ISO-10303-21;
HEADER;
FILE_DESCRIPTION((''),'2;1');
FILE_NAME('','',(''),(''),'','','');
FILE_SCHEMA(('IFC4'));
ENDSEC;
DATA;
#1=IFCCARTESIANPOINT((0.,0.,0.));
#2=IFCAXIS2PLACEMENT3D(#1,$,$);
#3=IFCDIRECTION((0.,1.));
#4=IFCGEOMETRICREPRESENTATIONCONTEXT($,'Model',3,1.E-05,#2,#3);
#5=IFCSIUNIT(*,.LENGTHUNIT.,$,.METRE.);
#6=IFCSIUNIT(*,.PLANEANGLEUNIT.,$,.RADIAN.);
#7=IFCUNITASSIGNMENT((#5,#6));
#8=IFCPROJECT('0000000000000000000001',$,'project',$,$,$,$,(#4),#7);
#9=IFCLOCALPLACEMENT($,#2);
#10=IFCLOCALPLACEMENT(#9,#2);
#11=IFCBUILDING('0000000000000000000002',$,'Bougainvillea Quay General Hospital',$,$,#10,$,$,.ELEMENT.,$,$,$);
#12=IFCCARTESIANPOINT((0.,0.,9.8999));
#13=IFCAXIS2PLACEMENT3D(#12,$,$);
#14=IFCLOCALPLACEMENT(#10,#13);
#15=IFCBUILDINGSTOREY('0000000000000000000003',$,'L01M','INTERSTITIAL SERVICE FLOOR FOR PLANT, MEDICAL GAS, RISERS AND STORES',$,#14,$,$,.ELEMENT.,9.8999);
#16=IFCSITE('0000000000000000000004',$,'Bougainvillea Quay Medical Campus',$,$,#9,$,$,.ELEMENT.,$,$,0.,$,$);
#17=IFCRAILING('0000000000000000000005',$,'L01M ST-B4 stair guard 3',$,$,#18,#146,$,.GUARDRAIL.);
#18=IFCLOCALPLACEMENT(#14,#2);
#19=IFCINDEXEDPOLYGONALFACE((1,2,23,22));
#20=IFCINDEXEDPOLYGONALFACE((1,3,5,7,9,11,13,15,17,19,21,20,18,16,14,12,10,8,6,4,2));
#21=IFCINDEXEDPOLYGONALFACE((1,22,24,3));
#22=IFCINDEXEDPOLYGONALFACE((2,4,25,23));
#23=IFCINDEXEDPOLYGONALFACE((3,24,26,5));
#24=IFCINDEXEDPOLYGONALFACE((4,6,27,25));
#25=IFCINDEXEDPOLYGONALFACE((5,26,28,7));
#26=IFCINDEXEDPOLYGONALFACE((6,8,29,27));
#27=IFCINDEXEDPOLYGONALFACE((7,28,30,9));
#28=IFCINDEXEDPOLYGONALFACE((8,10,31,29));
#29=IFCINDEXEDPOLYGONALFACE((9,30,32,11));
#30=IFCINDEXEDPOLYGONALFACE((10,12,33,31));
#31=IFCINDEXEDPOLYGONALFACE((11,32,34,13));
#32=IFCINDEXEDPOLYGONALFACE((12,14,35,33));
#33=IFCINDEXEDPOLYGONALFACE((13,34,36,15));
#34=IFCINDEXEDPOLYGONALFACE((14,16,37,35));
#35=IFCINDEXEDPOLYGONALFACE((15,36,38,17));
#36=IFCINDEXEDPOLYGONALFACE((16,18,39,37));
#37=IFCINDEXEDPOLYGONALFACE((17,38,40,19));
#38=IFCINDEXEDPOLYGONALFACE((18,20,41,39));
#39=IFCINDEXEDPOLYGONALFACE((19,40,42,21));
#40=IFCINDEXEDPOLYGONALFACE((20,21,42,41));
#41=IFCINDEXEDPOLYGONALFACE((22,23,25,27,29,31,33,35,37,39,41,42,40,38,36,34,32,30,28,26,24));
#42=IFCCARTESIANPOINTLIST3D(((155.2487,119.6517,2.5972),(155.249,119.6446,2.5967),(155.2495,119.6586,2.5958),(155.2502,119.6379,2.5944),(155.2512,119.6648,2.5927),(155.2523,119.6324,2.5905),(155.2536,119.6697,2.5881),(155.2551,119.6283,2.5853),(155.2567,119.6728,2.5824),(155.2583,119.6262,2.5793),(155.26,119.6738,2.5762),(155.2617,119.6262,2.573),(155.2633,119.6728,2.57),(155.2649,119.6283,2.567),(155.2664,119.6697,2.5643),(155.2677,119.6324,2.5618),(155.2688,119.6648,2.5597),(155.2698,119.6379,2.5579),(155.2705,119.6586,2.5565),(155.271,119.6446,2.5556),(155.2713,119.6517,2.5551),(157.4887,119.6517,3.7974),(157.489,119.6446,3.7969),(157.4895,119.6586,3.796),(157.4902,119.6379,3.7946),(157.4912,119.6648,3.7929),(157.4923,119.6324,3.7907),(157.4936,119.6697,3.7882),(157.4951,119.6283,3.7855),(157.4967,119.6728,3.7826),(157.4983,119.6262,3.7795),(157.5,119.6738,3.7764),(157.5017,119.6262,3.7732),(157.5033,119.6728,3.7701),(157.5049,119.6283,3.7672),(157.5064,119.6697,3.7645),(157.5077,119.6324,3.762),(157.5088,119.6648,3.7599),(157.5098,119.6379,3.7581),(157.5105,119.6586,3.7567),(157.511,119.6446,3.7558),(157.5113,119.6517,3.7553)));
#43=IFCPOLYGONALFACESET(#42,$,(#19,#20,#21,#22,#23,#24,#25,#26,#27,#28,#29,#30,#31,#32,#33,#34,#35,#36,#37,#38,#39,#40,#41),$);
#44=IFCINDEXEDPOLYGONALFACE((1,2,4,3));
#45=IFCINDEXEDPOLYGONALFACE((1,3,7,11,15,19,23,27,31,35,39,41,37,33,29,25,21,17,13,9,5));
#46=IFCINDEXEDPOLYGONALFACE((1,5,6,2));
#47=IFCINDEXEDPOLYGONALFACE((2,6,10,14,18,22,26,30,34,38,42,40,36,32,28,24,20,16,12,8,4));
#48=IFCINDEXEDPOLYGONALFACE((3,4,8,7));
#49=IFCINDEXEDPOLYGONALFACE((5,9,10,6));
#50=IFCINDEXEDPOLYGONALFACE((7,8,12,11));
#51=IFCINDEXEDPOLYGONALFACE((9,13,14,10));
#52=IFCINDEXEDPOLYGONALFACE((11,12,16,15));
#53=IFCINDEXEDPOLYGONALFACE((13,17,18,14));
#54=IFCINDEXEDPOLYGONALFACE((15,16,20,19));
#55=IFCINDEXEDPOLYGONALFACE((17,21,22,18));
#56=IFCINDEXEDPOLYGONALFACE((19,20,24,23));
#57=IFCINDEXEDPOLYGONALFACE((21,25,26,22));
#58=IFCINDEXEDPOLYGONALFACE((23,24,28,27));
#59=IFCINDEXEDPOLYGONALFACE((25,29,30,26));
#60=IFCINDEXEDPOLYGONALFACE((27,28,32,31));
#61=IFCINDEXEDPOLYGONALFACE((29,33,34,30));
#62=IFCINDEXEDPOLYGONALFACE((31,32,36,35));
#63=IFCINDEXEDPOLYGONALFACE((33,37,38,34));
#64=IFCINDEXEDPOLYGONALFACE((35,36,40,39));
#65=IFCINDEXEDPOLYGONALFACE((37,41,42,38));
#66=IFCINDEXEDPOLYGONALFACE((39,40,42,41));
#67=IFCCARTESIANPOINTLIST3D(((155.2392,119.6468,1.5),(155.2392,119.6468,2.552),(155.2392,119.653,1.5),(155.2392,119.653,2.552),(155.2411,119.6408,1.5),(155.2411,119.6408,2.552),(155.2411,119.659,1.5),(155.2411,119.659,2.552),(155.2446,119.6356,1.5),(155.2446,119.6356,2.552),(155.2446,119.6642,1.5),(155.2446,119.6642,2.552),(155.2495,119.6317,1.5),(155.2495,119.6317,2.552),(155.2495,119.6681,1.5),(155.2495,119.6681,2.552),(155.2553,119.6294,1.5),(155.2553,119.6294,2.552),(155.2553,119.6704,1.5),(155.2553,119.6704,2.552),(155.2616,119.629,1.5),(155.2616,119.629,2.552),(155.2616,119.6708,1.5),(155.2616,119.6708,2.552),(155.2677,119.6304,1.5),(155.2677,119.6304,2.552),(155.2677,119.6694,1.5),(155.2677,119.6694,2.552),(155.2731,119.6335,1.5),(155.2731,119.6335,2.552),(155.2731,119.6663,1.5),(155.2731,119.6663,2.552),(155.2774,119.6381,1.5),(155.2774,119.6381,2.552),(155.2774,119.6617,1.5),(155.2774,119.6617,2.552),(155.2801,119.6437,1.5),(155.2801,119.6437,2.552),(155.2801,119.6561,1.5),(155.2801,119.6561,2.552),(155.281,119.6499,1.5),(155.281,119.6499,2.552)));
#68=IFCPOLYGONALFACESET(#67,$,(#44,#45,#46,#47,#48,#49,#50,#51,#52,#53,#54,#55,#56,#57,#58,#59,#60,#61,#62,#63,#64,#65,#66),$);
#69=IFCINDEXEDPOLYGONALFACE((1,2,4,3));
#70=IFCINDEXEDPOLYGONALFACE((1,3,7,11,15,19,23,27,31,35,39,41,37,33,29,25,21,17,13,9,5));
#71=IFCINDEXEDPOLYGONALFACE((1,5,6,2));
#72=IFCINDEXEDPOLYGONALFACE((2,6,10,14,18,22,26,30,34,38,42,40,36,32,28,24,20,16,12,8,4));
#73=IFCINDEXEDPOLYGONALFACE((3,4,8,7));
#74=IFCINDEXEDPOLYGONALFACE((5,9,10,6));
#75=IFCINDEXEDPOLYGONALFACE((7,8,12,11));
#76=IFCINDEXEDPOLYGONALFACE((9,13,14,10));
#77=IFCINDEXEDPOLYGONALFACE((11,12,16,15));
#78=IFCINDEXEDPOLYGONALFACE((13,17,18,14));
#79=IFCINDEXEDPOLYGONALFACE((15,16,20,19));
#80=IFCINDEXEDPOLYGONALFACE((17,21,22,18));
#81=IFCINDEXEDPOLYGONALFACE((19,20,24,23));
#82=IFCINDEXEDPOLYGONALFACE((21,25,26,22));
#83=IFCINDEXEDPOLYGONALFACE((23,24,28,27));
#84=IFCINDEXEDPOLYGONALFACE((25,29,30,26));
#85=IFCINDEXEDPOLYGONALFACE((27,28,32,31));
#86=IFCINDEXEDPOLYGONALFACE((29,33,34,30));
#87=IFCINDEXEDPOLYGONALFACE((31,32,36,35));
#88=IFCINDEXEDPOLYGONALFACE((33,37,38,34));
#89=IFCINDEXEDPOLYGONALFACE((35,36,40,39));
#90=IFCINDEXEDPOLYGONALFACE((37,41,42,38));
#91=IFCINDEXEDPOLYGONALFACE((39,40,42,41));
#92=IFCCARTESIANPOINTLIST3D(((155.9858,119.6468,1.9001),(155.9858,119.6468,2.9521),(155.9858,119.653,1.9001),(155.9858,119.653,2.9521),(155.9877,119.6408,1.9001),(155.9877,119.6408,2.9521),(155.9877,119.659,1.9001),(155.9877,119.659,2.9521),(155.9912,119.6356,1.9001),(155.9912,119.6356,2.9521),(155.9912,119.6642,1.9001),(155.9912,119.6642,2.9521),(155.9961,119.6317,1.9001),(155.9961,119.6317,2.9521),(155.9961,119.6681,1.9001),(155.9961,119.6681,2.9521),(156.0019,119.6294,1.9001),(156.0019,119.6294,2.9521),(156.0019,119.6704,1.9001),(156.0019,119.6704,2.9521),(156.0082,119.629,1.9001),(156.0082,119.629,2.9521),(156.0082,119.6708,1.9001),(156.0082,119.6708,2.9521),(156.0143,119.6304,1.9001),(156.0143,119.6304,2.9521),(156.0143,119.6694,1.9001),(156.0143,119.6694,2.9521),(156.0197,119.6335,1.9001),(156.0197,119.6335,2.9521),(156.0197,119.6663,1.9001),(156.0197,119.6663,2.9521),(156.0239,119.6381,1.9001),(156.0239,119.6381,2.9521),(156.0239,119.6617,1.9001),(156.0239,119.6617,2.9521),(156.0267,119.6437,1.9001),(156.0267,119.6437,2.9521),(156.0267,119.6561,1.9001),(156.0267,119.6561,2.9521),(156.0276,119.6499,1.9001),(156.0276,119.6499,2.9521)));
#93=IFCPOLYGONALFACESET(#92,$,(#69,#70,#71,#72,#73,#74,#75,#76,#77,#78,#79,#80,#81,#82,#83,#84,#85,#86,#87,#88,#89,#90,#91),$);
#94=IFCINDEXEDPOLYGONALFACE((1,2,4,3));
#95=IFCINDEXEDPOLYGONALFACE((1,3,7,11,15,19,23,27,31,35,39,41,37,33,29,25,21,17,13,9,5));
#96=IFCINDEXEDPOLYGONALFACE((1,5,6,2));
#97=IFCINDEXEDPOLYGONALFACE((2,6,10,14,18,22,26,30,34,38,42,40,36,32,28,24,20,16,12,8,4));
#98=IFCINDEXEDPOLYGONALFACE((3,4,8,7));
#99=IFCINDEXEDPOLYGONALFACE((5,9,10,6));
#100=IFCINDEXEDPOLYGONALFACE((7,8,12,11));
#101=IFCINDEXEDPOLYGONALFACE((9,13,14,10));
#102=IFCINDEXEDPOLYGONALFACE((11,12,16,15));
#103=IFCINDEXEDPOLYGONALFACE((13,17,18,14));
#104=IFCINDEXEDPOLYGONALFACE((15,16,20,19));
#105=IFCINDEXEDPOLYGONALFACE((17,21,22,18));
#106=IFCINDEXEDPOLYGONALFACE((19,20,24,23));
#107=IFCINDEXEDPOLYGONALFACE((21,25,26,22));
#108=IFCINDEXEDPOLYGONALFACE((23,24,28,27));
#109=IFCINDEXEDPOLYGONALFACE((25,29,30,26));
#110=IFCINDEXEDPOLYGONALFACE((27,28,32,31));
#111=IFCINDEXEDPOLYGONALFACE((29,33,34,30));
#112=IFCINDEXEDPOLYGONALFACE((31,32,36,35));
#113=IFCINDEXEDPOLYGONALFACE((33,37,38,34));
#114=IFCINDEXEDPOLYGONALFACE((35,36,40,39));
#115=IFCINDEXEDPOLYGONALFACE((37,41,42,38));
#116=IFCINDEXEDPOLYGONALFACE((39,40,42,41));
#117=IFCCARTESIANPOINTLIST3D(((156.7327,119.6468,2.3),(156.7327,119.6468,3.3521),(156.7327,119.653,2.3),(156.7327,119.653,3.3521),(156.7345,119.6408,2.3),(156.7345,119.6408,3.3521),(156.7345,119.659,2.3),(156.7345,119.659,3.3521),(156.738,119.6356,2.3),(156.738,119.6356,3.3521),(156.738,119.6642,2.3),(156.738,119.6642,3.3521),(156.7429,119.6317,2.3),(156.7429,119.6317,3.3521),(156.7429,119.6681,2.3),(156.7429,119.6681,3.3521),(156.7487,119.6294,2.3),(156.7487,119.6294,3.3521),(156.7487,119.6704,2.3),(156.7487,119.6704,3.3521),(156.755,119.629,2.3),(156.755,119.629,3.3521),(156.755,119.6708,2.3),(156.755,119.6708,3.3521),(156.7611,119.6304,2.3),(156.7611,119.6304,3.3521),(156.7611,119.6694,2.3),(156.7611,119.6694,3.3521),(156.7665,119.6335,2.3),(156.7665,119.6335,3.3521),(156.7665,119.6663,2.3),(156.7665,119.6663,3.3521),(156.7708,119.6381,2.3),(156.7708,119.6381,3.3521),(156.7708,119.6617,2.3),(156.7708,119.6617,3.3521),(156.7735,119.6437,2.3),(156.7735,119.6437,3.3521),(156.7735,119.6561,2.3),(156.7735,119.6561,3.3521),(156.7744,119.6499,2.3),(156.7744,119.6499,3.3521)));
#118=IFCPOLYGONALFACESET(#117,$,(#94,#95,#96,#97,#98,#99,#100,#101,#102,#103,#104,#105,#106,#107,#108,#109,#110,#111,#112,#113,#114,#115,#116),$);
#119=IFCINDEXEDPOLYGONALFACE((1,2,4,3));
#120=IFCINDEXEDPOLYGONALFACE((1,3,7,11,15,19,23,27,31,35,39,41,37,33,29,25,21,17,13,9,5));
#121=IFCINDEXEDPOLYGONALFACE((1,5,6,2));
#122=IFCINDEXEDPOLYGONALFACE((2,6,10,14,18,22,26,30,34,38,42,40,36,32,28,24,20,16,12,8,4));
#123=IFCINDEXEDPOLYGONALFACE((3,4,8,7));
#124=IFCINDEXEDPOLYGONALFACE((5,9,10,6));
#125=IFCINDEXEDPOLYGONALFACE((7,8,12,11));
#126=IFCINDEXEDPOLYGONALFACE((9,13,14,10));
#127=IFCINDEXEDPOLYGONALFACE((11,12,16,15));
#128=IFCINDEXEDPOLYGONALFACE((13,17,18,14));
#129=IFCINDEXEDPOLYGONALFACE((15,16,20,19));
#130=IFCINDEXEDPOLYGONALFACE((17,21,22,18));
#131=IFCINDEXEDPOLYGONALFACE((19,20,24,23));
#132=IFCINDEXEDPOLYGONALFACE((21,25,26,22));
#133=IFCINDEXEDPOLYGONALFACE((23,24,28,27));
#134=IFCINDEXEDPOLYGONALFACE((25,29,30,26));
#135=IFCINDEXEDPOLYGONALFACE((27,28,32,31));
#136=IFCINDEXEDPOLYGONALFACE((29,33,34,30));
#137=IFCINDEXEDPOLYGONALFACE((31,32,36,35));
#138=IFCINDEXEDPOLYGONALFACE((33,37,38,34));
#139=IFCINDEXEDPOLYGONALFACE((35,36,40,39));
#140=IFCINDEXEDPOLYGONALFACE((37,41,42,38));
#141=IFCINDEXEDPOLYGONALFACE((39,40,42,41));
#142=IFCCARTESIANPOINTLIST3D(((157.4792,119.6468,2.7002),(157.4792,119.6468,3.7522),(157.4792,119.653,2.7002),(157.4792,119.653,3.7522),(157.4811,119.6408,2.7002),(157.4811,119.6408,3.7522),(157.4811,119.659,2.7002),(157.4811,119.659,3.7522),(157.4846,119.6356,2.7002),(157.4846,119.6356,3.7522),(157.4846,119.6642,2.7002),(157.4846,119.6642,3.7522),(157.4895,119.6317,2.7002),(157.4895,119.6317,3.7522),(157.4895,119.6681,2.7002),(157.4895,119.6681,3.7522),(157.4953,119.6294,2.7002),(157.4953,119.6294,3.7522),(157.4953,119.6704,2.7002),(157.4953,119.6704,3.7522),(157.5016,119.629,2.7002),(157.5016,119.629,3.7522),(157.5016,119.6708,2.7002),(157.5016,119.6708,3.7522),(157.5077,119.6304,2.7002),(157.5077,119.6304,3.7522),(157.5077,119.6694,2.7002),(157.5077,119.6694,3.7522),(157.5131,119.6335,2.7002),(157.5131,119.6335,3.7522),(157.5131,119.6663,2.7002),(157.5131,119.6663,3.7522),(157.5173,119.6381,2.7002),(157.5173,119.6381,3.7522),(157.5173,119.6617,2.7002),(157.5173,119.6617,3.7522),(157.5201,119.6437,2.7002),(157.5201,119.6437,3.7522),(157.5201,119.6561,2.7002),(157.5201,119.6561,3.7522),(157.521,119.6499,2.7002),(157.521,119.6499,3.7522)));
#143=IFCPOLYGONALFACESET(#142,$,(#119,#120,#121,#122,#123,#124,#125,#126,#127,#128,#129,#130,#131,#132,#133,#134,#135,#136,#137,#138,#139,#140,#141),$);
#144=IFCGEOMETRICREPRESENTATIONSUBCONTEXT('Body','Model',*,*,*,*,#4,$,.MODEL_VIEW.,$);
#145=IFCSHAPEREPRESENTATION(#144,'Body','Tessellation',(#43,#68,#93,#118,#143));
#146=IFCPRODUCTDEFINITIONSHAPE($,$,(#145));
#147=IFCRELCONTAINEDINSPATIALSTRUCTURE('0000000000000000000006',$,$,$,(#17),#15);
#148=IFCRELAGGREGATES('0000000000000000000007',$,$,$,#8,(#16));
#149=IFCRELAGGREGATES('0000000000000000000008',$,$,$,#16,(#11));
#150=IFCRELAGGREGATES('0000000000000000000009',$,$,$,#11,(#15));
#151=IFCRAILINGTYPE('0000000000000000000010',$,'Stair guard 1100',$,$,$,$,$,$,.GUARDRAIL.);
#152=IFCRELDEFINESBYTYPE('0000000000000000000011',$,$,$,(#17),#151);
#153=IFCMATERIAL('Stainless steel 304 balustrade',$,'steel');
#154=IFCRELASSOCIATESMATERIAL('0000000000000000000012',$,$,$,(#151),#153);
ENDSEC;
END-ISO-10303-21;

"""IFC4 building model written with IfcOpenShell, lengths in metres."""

from ifc_helpers import new_model, si_unit, direction, frame, origin, origin_2d, place, context, subcontext, project, spatial, circle, extrude, material, type_object, element, save


model = new_model("IFC4")

# Units and contexts
model_context = context("Model", 3, precision=1e-05, world=origin(), true_north=direction((0.0, 1.0)))
body_context = subcontext(model_context, "Body", "Model", "MODEL_VIEW")
ifc_project = project(units=[si_unit("LENGTHUNIT", "METRE"), si_unit("PLANEANGLEUNIT", "RADIAN")], contexts=[model_context])

# Site, building, storey
site_placement = place(None, origin())
site = spatial("IfcSite", under=ifc_project, at=site_placement, Name="Bougainvillea Quay Medical Campus", CompositionType="ELEMENT", RefElevation=0.0)
building_placement = place(site_placement, origin())
building = spatial("IfcBuilding", under=site, at=building_placement, Name="Bougainvillea Quay General Hospital", CompositionType="ELEMENT")
storey_placement = place(building_placement, frame((0.0, 0.0, 9.8999)))
storey = spatial("IfcBuildingStorey", under=building, at=storey_placement, Name="L01M", Description="INTERSTITIAL SERVICE FLOOR FOR PLANT, MEDICAL GAS, RISERS AND STORES", CompositionType="ELEMENT", Elevation=9.8999)

# Railing
ifc_material_1 = material(Name="Stainless steel 304 balustrade", Category="steel")
railing_type_1 = type_object("IfcRailingType", Name="Stair guard 1100", PredefinedType="GUARDRAIL", material=ifc_material_1)
railing_1_placement = place(storey_placement, frame((155.26, 119.6499, 1.5)))
element("IfcRailing", 1, at=railing_1_placement, inside=storey, type_object=railing_type_1, Name="L01M ST-B4 stair guard 3", PredefinedType="GUARDRAIL", context=body_context, shape_type="SweptSolid", body=[
    extrude(circle(Radius=0.0239, at=origin_2d()), frame((0.0, 0.0, 1.0762), z_axis=(0.881447, 0.0, 0.472283), x_axis=(0.0, 1.0, 0.0)), (0.0, 0.0, 1.0), 2.5413),
    extrude(circle(Radius=0.021, at=origin_2d()), origin(), (0.0, 0.0, 1.0), 1.052),
    extrude(circle(Radius=0.021, at=origin_2d()), frame((0.7466, 0.0, 0.4001)), (0.0, 0.0, 1.0), 1.052),
    extrude(circle(Radius=0.021, at=origin_2d()), frame((1.4934, 0.0, 0.8)), (0.0, 0.0, 1.0), 1.052),
    extrude(circle(Radius=0.021, at=origin_2d()), frame((2.24, 0.0, 1.2002)), (0.0, 0.0, 1.0), 1.052),
])

save(model, "model.ifc")
